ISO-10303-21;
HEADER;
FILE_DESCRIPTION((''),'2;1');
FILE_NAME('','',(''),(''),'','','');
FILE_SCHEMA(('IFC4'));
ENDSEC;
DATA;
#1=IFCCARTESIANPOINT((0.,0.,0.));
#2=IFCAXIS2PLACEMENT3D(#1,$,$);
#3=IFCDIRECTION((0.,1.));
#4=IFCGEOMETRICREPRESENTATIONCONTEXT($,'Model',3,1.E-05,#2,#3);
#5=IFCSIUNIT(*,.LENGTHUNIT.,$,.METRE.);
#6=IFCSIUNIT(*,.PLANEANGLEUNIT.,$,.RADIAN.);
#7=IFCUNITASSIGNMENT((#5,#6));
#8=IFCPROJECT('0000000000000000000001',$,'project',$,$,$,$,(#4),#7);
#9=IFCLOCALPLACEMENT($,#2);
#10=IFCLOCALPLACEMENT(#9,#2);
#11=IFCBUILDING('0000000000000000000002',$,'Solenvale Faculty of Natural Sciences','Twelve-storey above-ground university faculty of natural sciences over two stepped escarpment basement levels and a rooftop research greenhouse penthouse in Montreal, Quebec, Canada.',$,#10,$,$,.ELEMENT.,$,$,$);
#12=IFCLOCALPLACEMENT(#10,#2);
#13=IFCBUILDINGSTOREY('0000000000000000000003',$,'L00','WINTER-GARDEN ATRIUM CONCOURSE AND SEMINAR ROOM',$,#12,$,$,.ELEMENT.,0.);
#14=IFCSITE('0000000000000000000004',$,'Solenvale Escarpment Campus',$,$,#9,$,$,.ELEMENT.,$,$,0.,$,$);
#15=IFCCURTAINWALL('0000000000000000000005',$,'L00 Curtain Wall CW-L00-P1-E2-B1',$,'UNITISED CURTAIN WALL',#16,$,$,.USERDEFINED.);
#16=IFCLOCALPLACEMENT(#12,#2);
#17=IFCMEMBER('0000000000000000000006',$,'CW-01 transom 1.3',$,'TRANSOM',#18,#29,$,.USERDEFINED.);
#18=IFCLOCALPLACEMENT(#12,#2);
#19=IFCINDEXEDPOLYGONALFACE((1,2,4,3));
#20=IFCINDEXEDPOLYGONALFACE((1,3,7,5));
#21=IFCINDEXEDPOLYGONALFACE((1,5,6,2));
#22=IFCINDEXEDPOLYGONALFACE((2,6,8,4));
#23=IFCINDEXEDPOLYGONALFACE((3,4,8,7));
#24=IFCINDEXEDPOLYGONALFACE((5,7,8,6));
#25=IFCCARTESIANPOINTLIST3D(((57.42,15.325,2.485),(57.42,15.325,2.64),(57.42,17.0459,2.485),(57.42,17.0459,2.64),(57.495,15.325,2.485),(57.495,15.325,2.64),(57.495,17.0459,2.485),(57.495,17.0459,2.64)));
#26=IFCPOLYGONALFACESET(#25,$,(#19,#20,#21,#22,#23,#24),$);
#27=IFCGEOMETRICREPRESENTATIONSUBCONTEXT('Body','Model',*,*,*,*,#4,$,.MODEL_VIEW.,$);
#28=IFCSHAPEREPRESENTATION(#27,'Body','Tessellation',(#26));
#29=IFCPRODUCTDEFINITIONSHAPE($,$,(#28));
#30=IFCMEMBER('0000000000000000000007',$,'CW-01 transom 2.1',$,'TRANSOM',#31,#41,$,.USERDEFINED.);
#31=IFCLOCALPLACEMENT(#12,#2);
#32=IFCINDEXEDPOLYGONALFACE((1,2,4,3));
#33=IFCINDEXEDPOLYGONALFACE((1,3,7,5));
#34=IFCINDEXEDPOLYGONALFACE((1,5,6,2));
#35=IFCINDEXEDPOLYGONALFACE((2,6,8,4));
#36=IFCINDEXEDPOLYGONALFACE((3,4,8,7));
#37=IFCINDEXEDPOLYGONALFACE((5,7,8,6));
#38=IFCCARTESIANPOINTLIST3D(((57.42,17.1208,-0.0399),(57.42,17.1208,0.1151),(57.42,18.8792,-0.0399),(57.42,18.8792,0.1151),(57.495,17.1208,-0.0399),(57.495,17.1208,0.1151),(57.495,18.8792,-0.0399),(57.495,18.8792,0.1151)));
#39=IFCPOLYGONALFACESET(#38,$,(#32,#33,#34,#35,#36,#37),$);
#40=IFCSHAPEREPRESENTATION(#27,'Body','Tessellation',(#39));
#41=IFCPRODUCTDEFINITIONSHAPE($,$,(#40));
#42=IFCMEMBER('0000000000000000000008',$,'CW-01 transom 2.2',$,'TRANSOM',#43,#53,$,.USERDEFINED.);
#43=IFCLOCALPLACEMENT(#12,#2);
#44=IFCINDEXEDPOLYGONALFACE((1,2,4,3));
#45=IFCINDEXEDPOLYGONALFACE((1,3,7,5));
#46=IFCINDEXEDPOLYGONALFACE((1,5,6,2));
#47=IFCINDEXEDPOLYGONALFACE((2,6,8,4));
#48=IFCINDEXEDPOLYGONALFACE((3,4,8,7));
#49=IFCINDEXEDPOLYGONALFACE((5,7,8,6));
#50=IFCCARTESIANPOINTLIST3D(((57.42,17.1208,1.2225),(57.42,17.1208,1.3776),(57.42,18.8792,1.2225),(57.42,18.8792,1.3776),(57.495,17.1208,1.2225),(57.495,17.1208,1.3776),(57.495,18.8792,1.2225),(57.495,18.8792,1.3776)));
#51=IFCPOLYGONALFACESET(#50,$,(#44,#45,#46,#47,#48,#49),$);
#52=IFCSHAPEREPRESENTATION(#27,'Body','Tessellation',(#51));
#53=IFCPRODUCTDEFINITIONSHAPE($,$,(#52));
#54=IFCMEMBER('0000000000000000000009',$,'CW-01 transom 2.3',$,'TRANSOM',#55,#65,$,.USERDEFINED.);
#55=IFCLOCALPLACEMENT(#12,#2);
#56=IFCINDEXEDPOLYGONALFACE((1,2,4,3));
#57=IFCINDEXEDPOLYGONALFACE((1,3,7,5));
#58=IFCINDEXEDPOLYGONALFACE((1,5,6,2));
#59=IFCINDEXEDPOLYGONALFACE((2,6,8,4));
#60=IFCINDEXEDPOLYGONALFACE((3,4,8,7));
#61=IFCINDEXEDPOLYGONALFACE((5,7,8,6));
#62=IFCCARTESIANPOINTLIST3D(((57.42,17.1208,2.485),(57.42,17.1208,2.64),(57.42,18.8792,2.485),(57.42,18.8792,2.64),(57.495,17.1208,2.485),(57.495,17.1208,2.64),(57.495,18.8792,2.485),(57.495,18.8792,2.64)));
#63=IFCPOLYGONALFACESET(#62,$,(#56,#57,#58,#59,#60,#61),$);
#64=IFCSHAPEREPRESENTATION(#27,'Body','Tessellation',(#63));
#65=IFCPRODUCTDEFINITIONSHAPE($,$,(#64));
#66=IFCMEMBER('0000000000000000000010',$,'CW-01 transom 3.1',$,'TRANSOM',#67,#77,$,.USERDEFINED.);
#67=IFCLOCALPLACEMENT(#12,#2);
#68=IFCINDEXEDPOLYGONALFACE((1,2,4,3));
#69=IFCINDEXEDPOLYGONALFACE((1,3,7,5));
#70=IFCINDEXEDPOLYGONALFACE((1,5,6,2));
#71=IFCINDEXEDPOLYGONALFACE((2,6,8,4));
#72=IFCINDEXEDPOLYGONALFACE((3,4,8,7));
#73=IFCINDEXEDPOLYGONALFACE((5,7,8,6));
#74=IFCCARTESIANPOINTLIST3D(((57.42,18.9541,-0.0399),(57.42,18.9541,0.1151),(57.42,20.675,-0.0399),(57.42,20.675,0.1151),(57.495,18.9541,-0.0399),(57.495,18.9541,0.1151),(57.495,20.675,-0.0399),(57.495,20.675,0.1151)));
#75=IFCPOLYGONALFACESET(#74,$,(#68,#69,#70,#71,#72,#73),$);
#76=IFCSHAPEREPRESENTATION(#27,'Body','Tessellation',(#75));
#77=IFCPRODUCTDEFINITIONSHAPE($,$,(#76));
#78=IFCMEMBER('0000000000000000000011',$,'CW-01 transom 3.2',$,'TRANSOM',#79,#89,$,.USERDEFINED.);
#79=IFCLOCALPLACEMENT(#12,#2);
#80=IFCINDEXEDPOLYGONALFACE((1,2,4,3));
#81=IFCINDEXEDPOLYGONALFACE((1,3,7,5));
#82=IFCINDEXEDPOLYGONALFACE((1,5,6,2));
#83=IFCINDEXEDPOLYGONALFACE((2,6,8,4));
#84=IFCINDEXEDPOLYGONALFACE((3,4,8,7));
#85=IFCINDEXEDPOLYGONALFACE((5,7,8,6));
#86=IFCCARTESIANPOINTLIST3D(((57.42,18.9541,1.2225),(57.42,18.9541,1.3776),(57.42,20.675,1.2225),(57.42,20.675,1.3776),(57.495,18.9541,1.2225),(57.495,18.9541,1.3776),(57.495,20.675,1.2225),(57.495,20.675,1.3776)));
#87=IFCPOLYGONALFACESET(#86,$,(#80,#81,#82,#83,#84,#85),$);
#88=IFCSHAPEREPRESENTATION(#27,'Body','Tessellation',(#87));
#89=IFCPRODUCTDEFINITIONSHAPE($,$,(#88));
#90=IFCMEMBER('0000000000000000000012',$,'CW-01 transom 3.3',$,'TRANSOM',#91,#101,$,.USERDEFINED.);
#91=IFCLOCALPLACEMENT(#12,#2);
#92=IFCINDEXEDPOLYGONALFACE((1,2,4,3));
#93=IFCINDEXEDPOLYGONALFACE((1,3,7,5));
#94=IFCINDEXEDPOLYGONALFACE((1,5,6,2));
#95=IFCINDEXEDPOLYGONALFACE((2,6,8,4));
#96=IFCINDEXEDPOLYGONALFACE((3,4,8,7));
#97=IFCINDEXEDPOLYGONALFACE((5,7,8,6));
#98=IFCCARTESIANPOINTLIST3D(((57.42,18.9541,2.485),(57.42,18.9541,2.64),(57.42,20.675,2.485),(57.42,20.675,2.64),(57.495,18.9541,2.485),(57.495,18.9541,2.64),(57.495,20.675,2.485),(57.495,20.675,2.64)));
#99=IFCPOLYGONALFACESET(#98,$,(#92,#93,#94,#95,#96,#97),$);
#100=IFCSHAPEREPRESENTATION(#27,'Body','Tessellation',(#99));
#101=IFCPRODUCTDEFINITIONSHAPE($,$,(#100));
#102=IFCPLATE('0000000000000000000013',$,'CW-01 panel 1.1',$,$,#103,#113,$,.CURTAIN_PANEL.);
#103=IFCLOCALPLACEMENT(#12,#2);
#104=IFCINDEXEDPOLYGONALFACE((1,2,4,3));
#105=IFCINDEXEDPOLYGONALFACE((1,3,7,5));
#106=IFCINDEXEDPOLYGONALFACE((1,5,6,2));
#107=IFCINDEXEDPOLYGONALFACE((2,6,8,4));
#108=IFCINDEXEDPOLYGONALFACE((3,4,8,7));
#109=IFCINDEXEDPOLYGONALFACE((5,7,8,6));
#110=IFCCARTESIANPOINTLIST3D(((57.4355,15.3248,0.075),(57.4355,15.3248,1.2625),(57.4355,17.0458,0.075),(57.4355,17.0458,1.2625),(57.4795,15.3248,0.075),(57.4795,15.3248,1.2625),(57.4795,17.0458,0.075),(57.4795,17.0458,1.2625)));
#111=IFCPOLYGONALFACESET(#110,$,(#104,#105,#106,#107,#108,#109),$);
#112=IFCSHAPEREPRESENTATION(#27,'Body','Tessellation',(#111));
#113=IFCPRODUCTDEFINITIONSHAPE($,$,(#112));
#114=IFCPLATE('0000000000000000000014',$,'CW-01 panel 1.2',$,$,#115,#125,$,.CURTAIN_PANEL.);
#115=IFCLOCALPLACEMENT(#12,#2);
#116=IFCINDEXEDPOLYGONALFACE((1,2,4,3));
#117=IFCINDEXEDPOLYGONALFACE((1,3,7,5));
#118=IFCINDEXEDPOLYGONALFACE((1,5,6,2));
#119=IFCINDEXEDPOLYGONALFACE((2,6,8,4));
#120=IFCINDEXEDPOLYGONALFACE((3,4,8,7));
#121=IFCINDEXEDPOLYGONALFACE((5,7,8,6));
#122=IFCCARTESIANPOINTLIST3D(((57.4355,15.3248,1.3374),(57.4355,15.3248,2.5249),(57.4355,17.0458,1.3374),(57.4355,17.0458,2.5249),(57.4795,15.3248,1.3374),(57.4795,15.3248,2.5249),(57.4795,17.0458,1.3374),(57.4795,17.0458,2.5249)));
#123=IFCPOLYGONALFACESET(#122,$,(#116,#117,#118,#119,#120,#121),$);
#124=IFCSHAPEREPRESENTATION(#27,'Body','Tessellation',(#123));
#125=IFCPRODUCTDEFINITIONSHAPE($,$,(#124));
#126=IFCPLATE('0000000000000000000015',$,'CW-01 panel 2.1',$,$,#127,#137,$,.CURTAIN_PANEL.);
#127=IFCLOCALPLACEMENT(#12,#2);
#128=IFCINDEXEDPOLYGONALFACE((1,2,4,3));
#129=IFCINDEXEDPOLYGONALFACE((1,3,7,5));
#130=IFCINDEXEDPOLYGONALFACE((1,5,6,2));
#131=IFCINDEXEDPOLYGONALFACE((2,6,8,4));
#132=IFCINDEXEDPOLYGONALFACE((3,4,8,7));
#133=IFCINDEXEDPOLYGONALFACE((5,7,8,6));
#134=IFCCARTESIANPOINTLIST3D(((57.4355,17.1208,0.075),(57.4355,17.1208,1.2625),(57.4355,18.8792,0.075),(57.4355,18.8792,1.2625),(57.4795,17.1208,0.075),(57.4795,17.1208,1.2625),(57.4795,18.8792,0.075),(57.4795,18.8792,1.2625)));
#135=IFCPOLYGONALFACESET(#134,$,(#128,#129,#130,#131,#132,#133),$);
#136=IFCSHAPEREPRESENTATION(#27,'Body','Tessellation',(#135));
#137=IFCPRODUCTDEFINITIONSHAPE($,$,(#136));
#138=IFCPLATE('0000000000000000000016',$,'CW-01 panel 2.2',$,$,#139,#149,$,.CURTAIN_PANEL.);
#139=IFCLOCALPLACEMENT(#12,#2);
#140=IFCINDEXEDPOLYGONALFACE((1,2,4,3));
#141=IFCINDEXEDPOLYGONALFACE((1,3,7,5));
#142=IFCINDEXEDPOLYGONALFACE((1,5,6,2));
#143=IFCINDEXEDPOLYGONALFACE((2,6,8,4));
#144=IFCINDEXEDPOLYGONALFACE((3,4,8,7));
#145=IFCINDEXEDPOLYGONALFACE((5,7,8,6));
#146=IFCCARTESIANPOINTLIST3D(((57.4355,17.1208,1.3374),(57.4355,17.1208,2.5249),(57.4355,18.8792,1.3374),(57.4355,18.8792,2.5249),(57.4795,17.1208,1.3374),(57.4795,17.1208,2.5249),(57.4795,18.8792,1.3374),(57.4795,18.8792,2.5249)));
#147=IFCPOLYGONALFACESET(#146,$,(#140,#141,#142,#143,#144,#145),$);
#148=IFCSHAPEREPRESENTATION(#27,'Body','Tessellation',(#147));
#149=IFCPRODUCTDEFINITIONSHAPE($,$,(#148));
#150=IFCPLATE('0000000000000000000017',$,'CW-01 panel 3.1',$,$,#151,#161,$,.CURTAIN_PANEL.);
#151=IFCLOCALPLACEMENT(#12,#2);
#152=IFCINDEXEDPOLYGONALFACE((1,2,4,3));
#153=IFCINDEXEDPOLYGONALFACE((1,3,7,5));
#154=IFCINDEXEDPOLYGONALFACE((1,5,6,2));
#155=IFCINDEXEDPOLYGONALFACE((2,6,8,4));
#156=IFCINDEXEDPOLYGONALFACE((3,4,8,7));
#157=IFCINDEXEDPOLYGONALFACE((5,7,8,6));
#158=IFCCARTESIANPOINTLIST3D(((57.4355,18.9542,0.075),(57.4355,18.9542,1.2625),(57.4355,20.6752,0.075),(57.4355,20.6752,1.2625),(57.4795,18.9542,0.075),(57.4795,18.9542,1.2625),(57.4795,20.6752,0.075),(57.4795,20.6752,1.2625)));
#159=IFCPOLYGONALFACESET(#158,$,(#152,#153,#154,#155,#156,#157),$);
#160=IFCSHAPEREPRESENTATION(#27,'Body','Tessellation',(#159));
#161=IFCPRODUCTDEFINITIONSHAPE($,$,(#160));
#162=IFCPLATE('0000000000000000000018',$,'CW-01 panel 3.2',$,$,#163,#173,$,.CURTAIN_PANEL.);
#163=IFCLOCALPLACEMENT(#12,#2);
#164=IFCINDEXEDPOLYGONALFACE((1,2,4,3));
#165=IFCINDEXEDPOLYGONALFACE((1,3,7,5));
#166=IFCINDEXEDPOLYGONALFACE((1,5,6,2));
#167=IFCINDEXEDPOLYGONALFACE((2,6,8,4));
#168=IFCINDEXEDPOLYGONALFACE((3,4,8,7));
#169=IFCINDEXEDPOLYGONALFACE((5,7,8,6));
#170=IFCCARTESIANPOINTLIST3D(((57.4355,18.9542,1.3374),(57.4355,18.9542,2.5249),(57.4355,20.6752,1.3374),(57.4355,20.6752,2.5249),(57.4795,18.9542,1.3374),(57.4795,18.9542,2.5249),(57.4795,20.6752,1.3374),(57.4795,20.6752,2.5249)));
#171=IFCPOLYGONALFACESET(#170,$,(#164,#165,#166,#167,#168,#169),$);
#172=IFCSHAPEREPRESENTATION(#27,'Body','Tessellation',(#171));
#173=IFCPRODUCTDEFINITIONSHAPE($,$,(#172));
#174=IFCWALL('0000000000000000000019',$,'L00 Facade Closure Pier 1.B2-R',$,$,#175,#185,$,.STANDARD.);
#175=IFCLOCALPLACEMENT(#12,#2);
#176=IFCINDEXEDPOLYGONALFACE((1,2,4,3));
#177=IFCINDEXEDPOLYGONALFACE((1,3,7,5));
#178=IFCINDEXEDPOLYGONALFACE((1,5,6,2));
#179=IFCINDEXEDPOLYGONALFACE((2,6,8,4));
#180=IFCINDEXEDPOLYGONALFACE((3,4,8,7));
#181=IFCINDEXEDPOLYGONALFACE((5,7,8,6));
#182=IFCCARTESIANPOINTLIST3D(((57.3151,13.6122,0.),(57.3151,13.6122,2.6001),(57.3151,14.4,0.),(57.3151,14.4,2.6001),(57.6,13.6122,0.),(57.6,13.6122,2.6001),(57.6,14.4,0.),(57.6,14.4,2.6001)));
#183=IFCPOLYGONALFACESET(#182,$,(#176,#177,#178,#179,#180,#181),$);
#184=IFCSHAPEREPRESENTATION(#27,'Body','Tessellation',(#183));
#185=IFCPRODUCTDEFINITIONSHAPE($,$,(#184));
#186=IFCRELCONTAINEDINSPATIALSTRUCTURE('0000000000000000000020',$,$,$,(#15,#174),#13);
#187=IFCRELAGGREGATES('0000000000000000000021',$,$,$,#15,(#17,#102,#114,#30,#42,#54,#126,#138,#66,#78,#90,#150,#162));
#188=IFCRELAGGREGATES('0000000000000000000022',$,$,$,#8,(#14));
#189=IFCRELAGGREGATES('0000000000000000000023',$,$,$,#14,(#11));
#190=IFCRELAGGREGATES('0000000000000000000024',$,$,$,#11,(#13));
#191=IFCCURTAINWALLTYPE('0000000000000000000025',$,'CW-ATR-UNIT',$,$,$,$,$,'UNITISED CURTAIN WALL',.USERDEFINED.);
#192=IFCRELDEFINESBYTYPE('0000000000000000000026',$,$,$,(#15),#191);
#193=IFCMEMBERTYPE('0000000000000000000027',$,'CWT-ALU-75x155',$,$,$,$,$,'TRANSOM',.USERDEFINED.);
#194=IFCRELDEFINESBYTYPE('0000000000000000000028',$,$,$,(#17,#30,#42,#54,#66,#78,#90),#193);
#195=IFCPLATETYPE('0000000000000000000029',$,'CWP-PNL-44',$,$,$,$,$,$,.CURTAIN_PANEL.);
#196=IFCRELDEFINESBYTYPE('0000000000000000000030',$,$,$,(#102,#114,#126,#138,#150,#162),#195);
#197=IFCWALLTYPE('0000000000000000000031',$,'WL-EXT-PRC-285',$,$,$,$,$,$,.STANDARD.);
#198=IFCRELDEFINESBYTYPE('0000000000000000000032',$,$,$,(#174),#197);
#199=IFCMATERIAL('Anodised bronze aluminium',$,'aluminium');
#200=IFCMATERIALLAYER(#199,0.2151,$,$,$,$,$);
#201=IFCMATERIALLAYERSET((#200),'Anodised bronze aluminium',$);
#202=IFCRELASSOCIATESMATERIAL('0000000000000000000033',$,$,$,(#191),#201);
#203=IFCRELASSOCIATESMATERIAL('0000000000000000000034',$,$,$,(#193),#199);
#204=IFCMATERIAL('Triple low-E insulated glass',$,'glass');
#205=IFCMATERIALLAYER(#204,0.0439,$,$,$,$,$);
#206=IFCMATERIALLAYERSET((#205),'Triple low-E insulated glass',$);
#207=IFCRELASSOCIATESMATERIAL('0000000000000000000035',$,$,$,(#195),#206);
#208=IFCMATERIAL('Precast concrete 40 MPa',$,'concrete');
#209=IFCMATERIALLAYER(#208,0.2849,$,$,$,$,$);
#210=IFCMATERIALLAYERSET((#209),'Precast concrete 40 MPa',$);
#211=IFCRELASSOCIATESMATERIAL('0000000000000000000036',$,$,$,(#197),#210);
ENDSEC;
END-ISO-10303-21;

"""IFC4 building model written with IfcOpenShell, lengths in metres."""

from ifc_helpers import new_model, si_unit, direction, frame, frame_2d, origin, origin_2d, place, context, subcontext, project, spatial, rectangle, extrude, material, layer, layer_set, material_profile, profile_set, type_object, element, aggregate, save


model = new_model("IFC4")

# Units and contexts
model_context = context("Model", 3, precision=1e-05, world=origin(), true_north=direction((0.0, 1.0)))
body_context = subcontext(model_context, "Body", "Model", "MODEL_VIEW")
ifc_project = project(units=[si_unit("LENGTHUNIT", "METRE"), si_unit("PLANEANGLEUNIT", "RADIAN")], contexts=[model_context])

# Site, building, storey
site_placement = place(None, origin())
site = spatial("IfcSite", under=ifc_project, at=site_placement, Name="Solenvale Escarpment Campus", CompositionType="ELEMENT", RefElevation=0.0)
building_placement = place(site_placement, origin())
building = spatial("IfcBuilding", under=site, at=building_placement, Name="Solenvale Faculty of Natural Sciences", Description="Twelve-storey above-ground university faculty of natural sciences over two stepped escarpment basement levels and a rooftop research greenhouse penthouse in Montreal, Quebec, Canada.", CompositionType="ELEMENT")
storey_placement = place(building_placement, origin())
storey = spatial("IfcBuildingStorey", under=building, at=storey_placement, Name="L00", Description="WINTER-GARDEN ATRIUM CONCOURSE AND SEMINAR ROOM", CompositionType="ELEMENT", Elevation=0.0)

# Shared definitions
ifc_material_1 = material(Name="Anodised bronze aluminium", Category="aluminium")

# Curtain wall, members, plates
ifc_layer_1 = layer(ifc_material_1, 0.2151)
ifc_layer_set_1 = layer_set([ifc_layer_1], Name="Anodised bronze aluminium")
curtain_wall_type_1 = type_object("IfcCurtainWallType", Name="CW-ATR-UNIT", ElementType="UNITISED CURTAIN WALL", PredefinedType="USERDEFINED", material=ifc_layer_set_1)
curtain_wall_1_placement = place(storey_placement, origin())
curtain_wall_1 = element("IfcCurtainWall", 1, at=curtain_wall_1_placement, inside=storey, type_object=curtain_wall_type_1, Name="L00 Curtain Wall CW-L00-P1-E2-B1", ObjectType="UNITISED CURTAIN WALL", PredefinedType="USERDEFINED")
ifc_material_profile_1 = material_profile(ifc_material_1, rectangle(XDim=0.075, YDim=0.155, at=origin_2d()), Name="ALU-TRN-75x155")
ifc_profile_set_1 = profile_set([ifc_material_profile_1], Name="Anodised bronze aluminium")
member_type_1 = type_object("IfcMemberType", Name="CWT-ALU-75x155", ElementType="TRANSOM", PredefinedType="USERDEFINED", material=ifc_profile_set_1)
member_1_placement = place(storey_placement, frame((57.4575, 15.325, 2.5625), z_axis=(0.0, 1.0, 0.0), x_axis=(-1.0, 0.0, 0.0)))
member_1 = element("IfcMember", 2, at=member_1_placement, type_object=member_type_1, Name="CW-01 transom 1.3", ObjectType="TRANSOM", PredefinedType="USERDEFINED", context=body_context, shape_type="SweptSolid", body=[
    extrude(rectangle(XDim=0.075, YDim=0.155, at=origin_2d()), origin(), (0.0, 0.0, 1.0), 1.7209),
])
member_2_placement = place(storey_placement, frame((57.4575, 17.1208, 0.0376), z_axis=(0.0, 1.0, 0.0), x_axis=(-1.0, 0.0, 0.0)))
member_2 = element("IfcMember", 3, at=member_2_placement, type_object=member_type_1, Name="CW-01 transom 2.1", ObjectType="TRANSOM", PredefinedType="USERDEFINED", context=body_context, shape_type="SweptSolid", body=[
    extrude(rectangle(XDim=0.075, YDim=0.155, at=origin_2d()), origin(), (0.0, 0.0, 1.0), 1.7583),
])
member_3_placement = place(storey_placement, frame((57.4575, 17.1208, 1.3), z_axis=(0.0, 1.0, 0.0), x_axis=(-1.0, 0.0, 0.0)))
member_3 = element("IfcMember", 4, at=member_3_placement, type_object=member_type_1, Name="CW-01 transom 2.2", ObjectType="TRANSOM", PredefinedType="USERDEFINED", context=body_context, shape_type="SweptSolid", body=[
    extrude(rectangle(XDim=0.075, YDim=0.155, at=origin_2d()), origin(), (0.0, 0.0, 1.0), 1.7583),
])
member_4_placement = place(storey_placement, frame((57.4575, 17.1208, 2.5625), z_axis=(0.0, 1.0, 0.0), x_axis=(-1.0, 0.0, 0.0)))
member_4 = element("IfcMember", 5, at=member_4_placement, type_object=member_type_1, Name="CW-01 transom 2.3", ObjectType="TRANSOM", PredefinedType="USERDEFINED", context=body_context, shape_type="SweptSolid", body=[
    extrude(rectangle(XDim=0.075, YDim=0.155, at=origin_2d()), origin(), (0.0, 0.0, 1.0), 1.7583),
])
member_5_placement = place(storey_placement, frame((57.4575, 18.9541, 0.0376), z_axis=(0.0, 1.0, 0.0), x_axis=(-1.0, 0.0, 0.0)))
member_5 = element("IfcMember", 6, at=member_5_placement, type_object=member_type_1, Name="CW-01 transom 3.1", ObjectType="TRANSOM", PredefinedType="USERDEFINED", context=body_context, shape_type="SweptSolid", body=[
    extrude(rectangle(XDim=0.075, YDim=0.155, at=origin_2d()), origin(), (0.0, 0.0, 1.0), 1.7209),
])
member_6_placement = place(storey_placement, frame((57.4575, 18.9541, 1.3), z_axis=(0.0, 1.0, 0.0), x_axis=(-1.0, 0.0, 0.0)))
member_6 = element("IfcMember", 7, at=member_6_placement, type_object=member_type_1, Name="CW-01 transom 3.2", ObjectType="TRANSOM", PredefinedType="USERDEFINED", context=body_context, shape_type="SweptSolid", body=[
    extrude(rectangle(XDim=0.075, YDim=0.155, at=origin_2d()), origin(), (0.0, 0.0, 1.0), 1.7209),
])
member_7_placement = place(storey_placement, frame((57.4575, 18.9541, 2.5625), z_axis=(0.0, 1.0, 0.0), x_axis=(-1.0, 0.0, 0.0)))
member_7 = element("IfcMember", 8, at=member_7_placement, type_object=member_type_1, Name="CW-01 transom 3.3", ObjectType="TRANSOM", PredefinedType="USERDEFINED", context=body_context, shape_type="SweptSolid", body=[
    extrude(rectangle(XDim=0.075, YDim=0.155, at=origin_2d()), origin(), (0.0, 0.0, 1.0), 1.7209),
])
ifc_material_2 = material(Name="Triple low-E insulated glass", Category="glass")
ifc_layer_2 = layer(ifc_material_2, 0.0439)
ifc_layer_set_2 = layer_set([ifc_layer_2], Name="Triple low-E insulated glass")
plate_type = type_object("IfcPlateType", Name="CWP-PNL-44", PredefinedType="CURTAIN_PANEL", material=ifc_layer_set_2)
plate_1_placement = place(storey_placement, frame((57.4575, 16.1853, 0.075), z_axis=(0.0, 0.0, 1.0), x_axis=(0.0, 1.0, 0.0)))
plate_1 = element("IfcPlate", 9, at=plate_1_placement, type_object=plate_type, Name="CW-01 panel 1.1", PredefinedType="CURTAIN_PANEL", context=body_context, shape_type="SweptSolid", body=[
    extrude(rectangle(XDim=1.7209, YDim=0.0439, at=origin_2d()), origin(), (0.0, 0.0, 1.0), 1.1875),
])
plate_2_placement = place(storey_placement, frame((57.4575, 16.1853, 1.3374), z_axis=(0.0, 0.0, 1.0), x_axis=(0.0, 1.0, 0.0)))
plate_2 = element("IfcPlate", 10, at=plate_2_placement, type_object=plate_type, Name="CW-01 panel 1.2", PredefinedType="CURTAIN_PANEL", context=body_context, shape_type="SweptSolid", body=[
    extrude(rectangle(XDim=1.7209, YDim=0.0439, at=origin_2d()), origin(), (0.0, 0.0, 1.0), 1.1875),
])
plate_3_placement = place(storey_placement, frame((57.4575, 18.0, 0.075), z_axis=(0.0, 0.0, 1.0), x_axis=(0.0, 1.0, 0.0)))
plate_3 = element("IfcPlate", 11, at=plate_3_placement, type_object=plate_type, Name="CW-01 panel 2.1", PredefinedType="CURTAIN_PANEL", context=body_context, shape_type="SweptSolid", body=[
    extrude(rectangle(XDim=1.7583, YDim=0.0439, at=origin_2d()), origin(), (0.0, 0.0, 1.0), 1.1875),
])
plate_4_placement = place(storey_placement, frame((57.4575, 18.0, 1.3374), z_axis=(0.0, 0.0, 1.0), x_axis=(0.0, 1.0, 0.0)))
plate_4 = element("IfcPlate", 12, at=plate_4_placement, type_object=plate_type, Name="CW-01 panel 2.2", PredefinedType="CURTAIN_PANEL", context=body_context, shape_type="SweptSolid", body=[
    extrude(rectangle(XDim=1.7583, YDim=0.0439, at=origin_2d()), origin(), (0.0, 0.0, 1.0), 1.1875),
])
plate_5_placement = place(storey_placement, frame((57.4575, 19.8147, 0.075), z_axis=(0.0, 0.0, 1.0), x_axis=(0.0, 1.0, 0.0)))
plate_5 = element("IfcPlate", 13, at=plate_5_placement, type_object=plate_type, Name="CW-01 panel 3.1", PredefinedType="CURTAIN_PANEL", context=body_context, shape_type="SweptSolid", body=[
    extrude(rectangle(XDim=1.7209, YDim=0.0439, at=origin_2d()), origin(), (0.0, 0.0, 1.0), 1.1875),
])
plate_6_placement = place(storey_placement, frame((57.4575, 19.8147, 1.3374), z_axis=(0.0, 0.0, 1.0), x_axis=(0.0, 1.0, 0.0)))
plate_6 = element("IfcPlate", 14, at=plate_6_placement, type_object=plate_type, Name="CW-01 panel 3.2", PredefinedType="CURTAIN_PANEL", context=body_context, shape_type="SweptSolid", body=[
    extrude(rectangle(XDim=1.7209, YDim=0.0439, at=origin_2d()), origin(), (0.0, 0.0, 1.0), 1.1875),
])
aggregate(curtain_wall_1, [member_1, plate_1, plate_2, member_2, member_3, member_4, plate_3, plate_4, member_5, member_6, member_7, plate_5, plate_6])

# Wall
ifc_material_3 = material(Name="Precast concrete 40 MPa", Category="concrete")
ifc_layer_3 = layer(ifc_material_3, 0.2849)
ifc_layer_set_3 = layer_set([ifc_layer_3], Name="Precast concrete 40 MPa")
wall_type_1 = type_object("IfcWallType", Name="WL-EXT-PRC-285", PredefinedType="STANDARD", material=ifc_layer_set_3)
wall_1_placement = place(storey_placement, frame((57.4575, 13.6121, 0.0), z_axis=(0.0, 0.0, 1.0), x_axis=(0.0, 1.0, 0.0)))
element("IfcWall", 15, at=wall_1_placement, inside=storey, type_object=wall_type_1, Name="L00 Facade Closure Pier 1.B2-R", PredefinedType="STANDARD", context=body_context, shape_type="SweptSolid", body=[
    extrude(rectangle(XDim=0.7878, YDim=0.2849, at=frame_2d((0.394, 0.0))), origin(), (0.0, 0.0, 1.0), 2.6001),
])

save(model, "model.ifc")
